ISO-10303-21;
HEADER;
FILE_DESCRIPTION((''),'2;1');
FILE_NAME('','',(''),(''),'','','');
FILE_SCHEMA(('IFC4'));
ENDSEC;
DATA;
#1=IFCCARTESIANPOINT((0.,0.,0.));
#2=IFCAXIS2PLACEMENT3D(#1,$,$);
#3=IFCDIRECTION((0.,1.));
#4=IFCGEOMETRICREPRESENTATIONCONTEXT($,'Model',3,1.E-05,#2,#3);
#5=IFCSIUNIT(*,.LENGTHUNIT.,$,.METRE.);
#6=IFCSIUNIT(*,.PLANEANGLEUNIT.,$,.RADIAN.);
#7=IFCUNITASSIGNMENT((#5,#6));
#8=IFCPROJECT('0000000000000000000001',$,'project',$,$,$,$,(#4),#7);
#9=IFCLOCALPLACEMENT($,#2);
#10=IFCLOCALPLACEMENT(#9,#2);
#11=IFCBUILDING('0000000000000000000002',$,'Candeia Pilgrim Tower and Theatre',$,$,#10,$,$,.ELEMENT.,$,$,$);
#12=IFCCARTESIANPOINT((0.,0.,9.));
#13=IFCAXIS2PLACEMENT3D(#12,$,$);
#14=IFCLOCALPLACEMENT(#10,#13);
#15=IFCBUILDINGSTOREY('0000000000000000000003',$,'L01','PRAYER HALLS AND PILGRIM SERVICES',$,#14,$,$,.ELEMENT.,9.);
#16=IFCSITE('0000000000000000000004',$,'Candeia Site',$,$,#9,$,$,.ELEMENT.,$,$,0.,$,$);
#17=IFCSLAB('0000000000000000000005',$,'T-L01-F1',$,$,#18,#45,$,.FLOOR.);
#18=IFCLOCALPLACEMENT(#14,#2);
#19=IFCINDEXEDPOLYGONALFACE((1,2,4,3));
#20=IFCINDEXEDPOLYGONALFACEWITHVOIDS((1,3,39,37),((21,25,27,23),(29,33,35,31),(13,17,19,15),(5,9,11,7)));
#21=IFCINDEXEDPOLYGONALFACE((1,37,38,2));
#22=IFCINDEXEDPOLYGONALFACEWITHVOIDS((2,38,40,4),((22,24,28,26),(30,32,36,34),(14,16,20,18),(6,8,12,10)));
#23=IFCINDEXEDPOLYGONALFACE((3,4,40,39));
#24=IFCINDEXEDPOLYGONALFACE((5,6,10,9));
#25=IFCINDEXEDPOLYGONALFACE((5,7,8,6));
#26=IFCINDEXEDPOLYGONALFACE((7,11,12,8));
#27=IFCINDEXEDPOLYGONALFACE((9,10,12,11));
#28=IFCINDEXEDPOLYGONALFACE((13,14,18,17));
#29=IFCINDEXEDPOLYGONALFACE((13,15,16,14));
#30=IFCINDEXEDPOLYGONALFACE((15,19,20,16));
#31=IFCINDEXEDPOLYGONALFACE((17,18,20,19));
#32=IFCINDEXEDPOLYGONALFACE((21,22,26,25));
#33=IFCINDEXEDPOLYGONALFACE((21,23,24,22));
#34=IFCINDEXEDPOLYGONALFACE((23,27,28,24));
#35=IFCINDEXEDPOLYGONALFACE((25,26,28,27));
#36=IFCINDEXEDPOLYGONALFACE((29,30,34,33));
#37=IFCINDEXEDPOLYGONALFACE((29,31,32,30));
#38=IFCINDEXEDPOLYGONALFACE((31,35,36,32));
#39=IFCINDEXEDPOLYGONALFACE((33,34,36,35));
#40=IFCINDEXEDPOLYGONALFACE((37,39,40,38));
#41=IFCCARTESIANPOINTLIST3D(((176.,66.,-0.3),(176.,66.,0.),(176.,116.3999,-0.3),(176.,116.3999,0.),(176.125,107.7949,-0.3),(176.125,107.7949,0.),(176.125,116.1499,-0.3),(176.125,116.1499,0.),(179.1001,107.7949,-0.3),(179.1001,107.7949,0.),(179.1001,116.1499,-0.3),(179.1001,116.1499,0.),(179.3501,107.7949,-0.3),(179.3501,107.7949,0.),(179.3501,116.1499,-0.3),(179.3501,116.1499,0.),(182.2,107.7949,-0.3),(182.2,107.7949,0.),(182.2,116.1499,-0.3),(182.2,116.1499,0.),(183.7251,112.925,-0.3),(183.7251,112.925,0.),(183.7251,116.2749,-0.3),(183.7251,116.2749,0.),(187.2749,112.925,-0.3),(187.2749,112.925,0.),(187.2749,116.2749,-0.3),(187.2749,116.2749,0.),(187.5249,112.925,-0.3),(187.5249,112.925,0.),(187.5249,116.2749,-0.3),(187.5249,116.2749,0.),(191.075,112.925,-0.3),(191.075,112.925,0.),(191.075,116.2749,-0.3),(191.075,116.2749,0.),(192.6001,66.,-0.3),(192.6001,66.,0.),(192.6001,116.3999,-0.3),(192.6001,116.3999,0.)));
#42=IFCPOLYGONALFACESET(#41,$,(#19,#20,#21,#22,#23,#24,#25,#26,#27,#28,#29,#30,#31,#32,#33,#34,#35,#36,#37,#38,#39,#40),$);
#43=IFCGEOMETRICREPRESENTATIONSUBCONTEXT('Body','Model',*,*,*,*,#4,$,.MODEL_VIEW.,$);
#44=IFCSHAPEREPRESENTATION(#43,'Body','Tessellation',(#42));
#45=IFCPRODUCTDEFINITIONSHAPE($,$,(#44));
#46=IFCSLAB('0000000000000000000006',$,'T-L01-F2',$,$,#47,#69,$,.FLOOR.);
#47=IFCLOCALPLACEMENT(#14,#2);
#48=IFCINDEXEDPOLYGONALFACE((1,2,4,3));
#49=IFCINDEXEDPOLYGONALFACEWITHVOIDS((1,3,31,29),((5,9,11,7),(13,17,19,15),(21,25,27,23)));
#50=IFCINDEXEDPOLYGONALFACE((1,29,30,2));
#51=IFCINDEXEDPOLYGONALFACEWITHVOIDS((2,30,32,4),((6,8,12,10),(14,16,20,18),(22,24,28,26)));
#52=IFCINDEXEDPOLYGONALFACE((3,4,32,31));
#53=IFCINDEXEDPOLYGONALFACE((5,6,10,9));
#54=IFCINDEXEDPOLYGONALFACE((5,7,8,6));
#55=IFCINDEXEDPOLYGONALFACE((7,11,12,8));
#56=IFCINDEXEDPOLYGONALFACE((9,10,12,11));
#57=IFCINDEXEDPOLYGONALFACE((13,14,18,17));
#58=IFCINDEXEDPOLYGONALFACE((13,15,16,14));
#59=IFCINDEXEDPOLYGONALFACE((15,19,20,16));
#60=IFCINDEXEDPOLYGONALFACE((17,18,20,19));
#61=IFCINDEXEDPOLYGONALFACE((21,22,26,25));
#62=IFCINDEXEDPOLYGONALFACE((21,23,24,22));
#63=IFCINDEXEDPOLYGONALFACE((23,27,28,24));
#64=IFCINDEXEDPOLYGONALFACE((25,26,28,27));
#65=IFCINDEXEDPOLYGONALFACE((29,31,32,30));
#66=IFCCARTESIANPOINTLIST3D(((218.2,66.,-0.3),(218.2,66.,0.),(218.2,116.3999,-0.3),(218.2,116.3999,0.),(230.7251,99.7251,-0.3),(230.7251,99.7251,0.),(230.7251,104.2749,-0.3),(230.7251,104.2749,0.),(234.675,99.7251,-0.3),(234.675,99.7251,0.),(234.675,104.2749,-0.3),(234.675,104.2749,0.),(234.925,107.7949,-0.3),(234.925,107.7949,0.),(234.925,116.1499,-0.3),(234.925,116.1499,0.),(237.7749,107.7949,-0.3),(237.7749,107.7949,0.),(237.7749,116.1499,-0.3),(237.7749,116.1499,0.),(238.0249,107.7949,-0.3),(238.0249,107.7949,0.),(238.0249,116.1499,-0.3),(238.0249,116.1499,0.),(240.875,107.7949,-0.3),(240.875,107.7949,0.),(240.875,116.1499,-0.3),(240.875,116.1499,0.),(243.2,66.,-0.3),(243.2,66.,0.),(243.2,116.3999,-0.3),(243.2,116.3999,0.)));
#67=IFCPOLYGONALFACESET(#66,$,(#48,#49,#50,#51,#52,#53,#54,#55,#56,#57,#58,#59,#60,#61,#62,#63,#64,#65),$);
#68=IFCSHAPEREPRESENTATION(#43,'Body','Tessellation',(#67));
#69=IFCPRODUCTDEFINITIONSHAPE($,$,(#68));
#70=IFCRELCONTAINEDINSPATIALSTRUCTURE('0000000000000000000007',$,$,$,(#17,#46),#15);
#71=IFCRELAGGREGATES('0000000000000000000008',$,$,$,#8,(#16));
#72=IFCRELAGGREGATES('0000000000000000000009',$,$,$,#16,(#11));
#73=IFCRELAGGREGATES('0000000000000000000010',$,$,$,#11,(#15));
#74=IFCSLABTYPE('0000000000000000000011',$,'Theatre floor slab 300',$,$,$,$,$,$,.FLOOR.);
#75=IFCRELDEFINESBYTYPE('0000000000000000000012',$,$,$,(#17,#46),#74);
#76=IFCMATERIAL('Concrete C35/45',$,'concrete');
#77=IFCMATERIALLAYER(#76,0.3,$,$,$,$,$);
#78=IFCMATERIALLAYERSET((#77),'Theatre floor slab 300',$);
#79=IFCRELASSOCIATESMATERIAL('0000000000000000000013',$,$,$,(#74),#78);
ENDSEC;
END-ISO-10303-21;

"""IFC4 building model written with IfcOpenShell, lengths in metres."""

from ifc_helpers import new_model, si_unit, direction, frame, origin, place, context, subcontext, project, spatial, polyline, outline, extrude, material, layer, layer_set, type_object, element, save


model = new_model("IFC4")

# Units and contexts
model_context = context("Model", 3, precision=1e-05, world=origin(), true_north=direction((0.0, 1.0)))
body_context = subcontext(model_context, "Body", "Model", "MODEL_VIEW")
ifc_project = project(units=[si_unit("LENGTHUNIT", "METRE"), si_unit("PLANEANGLEUNIT", "RADIAN")], contexts=[model_context])

# Site, building, storey
site_placement = place(None, origin())
site = spatial("IfcSite", under=ifc_project, at=site_placement, Name="Candeia Site", CompositionType="ELEMENT", RefElevation=0.0)
building_placement = place(site_placement, origin())
building = spatial("IfcBuilding", under=site, at=building_placement, Name="Candeia Pilgrim Tower and Theatre", CompositionType="ELEMENT")
storey_placement = place(building_placement, frame((0.0, 0.0, 9.0)))
storey = spatial("IfcBuildingStorey", under=building, at=storey_placement, Name="L01", Description="PRAYER HALLS AND PILGRIM SERVICES", CompositionType="ELEMENT", Elevation=9.0)

# Shared definitions
ifc_material_1 = material(Name="Concrete C35/45", Category="concrete")

# Slabs
ifc_layer_1 = layer(ifc_material_1, 0.3)
ifc_layer_set_1 = layer_set([ifc_layer_1], Name="Theatre floor slab 300")
slab_type_1 = type_object("IfcSlabType", Name="Theatre floor slab 300", PredefinedType="FLOOR", material=ifc_layer_set_1)
slab_1_placement = place(storey_placement, frame((0.0, 0.0, -0.3)))
element("IfcSlab", 1, at=slab_1_placement, inside=storey, type_object=slab_type_1, Name="T-L01-F1", PredefinedType="FLOOR", context=body_context, shape_type="SweptSolid", body=[
    extrude(outline(polyline([(192.6001, 66.0), (176.0, 66.0), (176.0, 116.3999), (192.6001, 116.3999), (192.6001, 66.0)]), holes=[polyline([(179.1001, 116.1499), (176.125, 116.1499), (176.125, 107.7949), (179.1001, 107.7949), (179.1001, 116.1499)]), polyline([(182.2, 107.7949), (182.2, 116.1499), (179.3501, 116.1499), (179.3501, 107.7949), (182.2, 107.7949)]), polyline([(183.7251, 112.925), (187.2749, 112.925), (187.2749, 116.2749), (183.7251, 116.2749), (183.7251, 112.925)]), polyline([(187.5249, 116.2749), (187.5249, 112.925), (191.075, 112.925), (191.075, 116.2749), (187.5249, 116.2749)])]), origin(), (0.0, 0.0, 1.0), 0.3),
])
slab_2_placement = place(storey_placement, frame((0.0, 0.0, -0.3)))
element("IfcSlab", 2, at=slab_2_placement, inside=storey, type_object=slab_type_1, Name="T-L01-F2", PredefinedType="FLOOR", context=body_context, shape_type="SweptSolid", body=[
    extrude(outline(polyline([(243.2, 66.0), (218.2, 66.0), (218.2, 116.3999), (243.2, 116.3999), (243.2, 66.0)]), holes=[polyline([(234.925, 107.7949), (237.7749, 107.7949), (237.7749, 116.1499), (234.925, 116.1499), (234.925, 107.7949)]), polyline([(238.0249, 116.1499), (238.0249, 107.7949), (240.875, 107.7949), (240.875, 116.1499), (238.0249, 116.1499)]), polyline([(234.675, 104.2749), (230.7251, 104.2749), (230.7251, 99.7251), (234.675, 99.7251), (234.675, 104.2749)])]), origin(), (0.0, 0.0, 1.0), 0.3),
])

save(model, "model.ifc")
